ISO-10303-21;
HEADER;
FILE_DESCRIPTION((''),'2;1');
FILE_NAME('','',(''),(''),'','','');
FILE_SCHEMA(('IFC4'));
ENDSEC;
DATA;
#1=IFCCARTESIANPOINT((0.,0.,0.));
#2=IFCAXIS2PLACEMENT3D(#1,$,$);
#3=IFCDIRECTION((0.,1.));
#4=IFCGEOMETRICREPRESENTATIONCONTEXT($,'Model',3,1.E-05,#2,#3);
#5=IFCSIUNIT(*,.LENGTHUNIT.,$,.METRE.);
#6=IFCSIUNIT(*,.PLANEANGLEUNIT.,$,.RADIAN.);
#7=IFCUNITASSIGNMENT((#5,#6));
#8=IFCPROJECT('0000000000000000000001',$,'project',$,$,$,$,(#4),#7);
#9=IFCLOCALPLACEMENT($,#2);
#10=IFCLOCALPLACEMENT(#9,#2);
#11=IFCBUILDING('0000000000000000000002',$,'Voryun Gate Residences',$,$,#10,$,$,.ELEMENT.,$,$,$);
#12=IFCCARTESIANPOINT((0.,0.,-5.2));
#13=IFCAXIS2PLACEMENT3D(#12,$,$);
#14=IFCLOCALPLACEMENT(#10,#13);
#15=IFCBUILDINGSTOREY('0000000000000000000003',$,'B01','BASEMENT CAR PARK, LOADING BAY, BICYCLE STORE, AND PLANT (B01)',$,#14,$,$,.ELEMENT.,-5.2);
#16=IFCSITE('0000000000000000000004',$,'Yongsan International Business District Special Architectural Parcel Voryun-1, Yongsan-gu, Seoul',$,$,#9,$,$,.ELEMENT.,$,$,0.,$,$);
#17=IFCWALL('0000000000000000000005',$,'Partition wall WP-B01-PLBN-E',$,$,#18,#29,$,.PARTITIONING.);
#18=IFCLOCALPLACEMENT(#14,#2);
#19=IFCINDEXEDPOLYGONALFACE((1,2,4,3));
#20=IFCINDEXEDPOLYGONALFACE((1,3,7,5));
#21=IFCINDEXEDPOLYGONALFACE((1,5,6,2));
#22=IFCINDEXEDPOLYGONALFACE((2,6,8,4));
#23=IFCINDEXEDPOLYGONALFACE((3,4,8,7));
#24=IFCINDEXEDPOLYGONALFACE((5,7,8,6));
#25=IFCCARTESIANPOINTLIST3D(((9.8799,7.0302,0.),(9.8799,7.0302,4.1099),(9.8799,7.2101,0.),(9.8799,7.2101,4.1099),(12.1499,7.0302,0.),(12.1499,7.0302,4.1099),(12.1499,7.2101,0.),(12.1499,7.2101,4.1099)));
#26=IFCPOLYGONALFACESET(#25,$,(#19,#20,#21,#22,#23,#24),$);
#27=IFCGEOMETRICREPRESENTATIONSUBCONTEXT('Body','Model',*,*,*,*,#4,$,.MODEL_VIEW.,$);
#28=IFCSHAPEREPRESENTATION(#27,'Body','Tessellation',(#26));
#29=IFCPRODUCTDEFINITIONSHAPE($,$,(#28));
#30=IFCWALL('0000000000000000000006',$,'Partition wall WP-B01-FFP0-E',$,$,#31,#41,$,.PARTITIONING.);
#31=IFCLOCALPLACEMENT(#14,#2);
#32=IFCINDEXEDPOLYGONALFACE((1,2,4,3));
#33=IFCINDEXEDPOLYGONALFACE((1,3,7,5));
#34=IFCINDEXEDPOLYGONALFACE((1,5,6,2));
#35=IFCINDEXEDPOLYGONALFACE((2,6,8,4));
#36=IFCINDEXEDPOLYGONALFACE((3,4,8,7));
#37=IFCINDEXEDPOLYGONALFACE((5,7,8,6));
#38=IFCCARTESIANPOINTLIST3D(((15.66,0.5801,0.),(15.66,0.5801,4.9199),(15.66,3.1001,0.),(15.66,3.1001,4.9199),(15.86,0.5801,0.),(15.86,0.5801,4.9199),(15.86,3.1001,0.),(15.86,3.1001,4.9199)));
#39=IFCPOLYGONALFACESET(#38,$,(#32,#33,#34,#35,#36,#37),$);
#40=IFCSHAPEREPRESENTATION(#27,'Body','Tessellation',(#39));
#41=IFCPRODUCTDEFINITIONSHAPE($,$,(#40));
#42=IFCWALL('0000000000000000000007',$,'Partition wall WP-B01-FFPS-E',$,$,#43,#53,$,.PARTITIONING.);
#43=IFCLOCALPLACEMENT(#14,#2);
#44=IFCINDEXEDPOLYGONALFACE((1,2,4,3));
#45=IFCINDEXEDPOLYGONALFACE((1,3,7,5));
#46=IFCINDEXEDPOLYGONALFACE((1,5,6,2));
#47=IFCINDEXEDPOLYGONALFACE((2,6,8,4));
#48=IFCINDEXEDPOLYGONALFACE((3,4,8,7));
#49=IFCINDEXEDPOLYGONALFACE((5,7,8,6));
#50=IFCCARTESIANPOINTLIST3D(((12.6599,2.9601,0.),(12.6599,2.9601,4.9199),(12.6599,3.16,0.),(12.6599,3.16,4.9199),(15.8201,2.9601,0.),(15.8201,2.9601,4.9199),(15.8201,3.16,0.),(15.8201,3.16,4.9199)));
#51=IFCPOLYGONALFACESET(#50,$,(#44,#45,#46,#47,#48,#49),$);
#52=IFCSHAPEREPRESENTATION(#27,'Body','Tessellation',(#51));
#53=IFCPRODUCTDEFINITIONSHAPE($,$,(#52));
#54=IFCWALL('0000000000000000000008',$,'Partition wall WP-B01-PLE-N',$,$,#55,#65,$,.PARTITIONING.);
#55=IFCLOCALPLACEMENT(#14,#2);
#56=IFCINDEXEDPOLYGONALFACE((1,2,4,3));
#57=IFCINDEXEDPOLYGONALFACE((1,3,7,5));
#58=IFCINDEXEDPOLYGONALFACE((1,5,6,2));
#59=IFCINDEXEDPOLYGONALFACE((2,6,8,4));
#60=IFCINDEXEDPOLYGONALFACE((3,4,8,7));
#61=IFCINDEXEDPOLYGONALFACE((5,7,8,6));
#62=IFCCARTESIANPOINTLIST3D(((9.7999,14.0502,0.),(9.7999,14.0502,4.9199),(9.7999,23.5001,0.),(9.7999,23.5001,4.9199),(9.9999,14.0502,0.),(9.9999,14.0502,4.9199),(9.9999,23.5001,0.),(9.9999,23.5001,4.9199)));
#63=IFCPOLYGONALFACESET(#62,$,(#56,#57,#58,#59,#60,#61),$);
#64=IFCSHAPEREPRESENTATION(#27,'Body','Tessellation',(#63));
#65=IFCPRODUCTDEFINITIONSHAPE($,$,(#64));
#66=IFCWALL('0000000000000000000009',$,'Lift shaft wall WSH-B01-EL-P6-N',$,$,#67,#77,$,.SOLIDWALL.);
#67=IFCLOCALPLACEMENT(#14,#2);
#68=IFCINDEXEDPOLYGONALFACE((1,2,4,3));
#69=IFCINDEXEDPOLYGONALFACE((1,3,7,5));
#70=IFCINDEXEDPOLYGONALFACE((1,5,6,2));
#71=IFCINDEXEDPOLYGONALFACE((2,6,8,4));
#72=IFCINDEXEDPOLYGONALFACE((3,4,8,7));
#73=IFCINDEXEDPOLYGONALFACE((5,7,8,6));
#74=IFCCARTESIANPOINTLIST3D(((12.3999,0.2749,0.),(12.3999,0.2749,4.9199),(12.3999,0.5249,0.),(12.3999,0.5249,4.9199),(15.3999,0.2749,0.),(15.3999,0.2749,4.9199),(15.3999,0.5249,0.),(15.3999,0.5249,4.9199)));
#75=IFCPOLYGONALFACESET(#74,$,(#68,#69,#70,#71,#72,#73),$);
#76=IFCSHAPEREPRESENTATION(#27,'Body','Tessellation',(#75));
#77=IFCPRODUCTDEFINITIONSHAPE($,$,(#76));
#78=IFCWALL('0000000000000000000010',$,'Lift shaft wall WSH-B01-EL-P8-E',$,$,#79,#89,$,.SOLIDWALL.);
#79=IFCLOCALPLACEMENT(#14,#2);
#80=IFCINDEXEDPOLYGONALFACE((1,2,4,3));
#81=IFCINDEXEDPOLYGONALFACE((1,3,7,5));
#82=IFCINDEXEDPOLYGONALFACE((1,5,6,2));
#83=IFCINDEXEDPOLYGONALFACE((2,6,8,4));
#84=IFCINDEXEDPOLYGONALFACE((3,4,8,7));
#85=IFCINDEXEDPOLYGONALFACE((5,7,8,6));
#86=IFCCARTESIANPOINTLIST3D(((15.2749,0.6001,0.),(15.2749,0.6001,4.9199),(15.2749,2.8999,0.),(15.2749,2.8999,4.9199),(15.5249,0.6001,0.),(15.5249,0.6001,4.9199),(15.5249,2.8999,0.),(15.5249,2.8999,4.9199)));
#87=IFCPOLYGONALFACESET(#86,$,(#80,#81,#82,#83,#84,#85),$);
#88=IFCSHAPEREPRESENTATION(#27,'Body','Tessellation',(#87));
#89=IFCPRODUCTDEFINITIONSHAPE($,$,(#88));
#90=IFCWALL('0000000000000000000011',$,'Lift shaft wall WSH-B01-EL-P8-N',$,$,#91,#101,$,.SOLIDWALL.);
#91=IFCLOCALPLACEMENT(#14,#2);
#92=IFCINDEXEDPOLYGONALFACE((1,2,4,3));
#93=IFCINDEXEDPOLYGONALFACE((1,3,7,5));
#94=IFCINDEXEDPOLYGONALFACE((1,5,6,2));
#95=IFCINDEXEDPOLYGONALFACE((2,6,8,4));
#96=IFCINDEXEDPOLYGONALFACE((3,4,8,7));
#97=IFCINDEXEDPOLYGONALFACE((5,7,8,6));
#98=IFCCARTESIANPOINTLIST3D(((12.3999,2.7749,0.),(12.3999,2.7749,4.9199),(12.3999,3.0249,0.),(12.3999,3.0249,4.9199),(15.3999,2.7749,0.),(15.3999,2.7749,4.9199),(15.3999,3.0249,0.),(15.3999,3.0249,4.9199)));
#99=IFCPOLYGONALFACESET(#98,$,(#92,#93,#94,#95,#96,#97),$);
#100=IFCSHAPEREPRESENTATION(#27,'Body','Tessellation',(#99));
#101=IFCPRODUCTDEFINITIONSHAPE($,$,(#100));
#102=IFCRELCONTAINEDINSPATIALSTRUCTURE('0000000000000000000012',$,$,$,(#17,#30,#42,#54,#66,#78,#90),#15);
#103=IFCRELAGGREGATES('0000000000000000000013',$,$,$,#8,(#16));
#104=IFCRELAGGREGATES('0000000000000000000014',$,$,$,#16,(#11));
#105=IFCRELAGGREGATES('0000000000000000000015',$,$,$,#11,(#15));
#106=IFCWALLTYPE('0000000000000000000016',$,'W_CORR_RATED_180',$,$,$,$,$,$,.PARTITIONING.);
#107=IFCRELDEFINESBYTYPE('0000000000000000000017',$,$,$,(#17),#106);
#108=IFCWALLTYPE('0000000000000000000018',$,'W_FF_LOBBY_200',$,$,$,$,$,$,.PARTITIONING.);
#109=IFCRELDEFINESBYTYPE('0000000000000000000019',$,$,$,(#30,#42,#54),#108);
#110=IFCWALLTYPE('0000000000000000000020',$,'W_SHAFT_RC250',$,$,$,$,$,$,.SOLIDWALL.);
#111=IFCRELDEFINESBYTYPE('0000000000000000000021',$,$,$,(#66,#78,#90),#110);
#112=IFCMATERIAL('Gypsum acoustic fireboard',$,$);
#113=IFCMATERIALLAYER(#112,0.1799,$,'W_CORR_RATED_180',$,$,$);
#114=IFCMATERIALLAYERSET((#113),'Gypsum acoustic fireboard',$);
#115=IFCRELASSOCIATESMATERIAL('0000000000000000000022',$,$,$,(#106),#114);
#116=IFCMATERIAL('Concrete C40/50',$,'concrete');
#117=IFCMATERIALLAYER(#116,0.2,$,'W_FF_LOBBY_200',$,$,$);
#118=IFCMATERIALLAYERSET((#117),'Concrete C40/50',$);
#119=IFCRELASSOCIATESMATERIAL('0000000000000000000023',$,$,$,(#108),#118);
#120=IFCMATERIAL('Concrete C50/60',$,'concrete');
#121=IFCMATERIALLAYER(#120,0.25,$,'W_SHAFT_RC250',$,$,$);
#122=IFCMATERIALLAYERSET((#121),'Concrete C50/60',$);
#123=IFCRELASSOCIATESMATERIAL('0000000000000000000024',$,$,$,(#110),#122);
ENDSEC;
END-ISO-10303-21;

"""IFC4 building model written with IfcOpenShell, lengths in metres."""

from ifc_helpers import new_model, si_unit, direction, frame, frame_2d, origin, place, context, subcontext, project, spatial, rectangle, extrude, material, layer, layer_set, type_object, element, save


model = new_model("IFC4")

# Units and contexts
model_context = context("Model", 3, precision=1e-05, world=origin(), true_north=direction((0.0, 1.0)))
body_context = subcontext(model_context, "Body", "Model", "MODEL_VIEW")
ifc_project = project(units=[si_unit("LENGTHUNIT", "METRE"), si_unit("PLANEANGLEUNIT", "RADIAN")], contexts=[model_context])

# Site, building, storey
site_placement = place(None, origin())
site = spatial("IfcSite", under=ifc_project, at=site_placement, Name="Yongsan International Business District Special Architectural Parcel Voryun-1, Yongsan-gu, Seoul", CompositionType="ELEMENT", RefElevation=0.0)
building_placement = place(site_placement, origin())
building = spatial("IfcBuilding", under=site, at=building_placement, Name="Voryun Gate Residences", CompositionType="ELEMENT")
storey_placement = place(building_placement, frame((0.0, 0.0, -5.2)))
storey = spatial("IfcBuildingStorey", under=building, at=storey_placement, Name="B01", Description="BASEMENT CAR PARK, LOADING BAY, BICYCLE STORE, AND PLANT (B01)", CompositionType="ELEMENT", Elevation=-5.2)

# Shared definitions
ifc_material_1 = material(Name="Gypsum acoustic fireboard")
ifc_layer_1 = layer(ifc_material_1, 0.1799, Name="W_CORR_RATED_180")
ifc_layer_set_1 = layer_set([ifc_layer_1], Name="Gypsum acoustic fireboard")
wall_type_1 = type_object("IfcWallType", Name="W_CORR_RATED_180", PredefinedType="PARTITIONING", material=ifc_layer_set_1)

# Walls
wall_1_placement = place(storey_placement, frame((9.8799, 7.1201, 0.0), z_axis=(0.0, 0.0, 1.0), x_axis=(1.0, 0.0, 0.0)))
element("IfcWall", 1, at=wall_1_placement, inside=storey, type_object=wall_type_1, Name="Partition wall WP-B01-PLBN-E", PredefinedType="PARTITIONING", context=body_context, shape_type="SweptSolid", body=[
    extrude(rectangle(XDim=2.27, YDim=0.1799, at=frame_2d((1.135, 0.0))), origin(), (0.0, 0.0, 1.0), 4.1099),
])
ifc_material_2 = material(Name="Concrete C40/50", Category="concrete")
ifc_layer_2 = layer(ifc_material_2, 0.2, Name="W_FF_LOBBY_200")
ifc_layer_set_2 = layer_set([ifc_layer_2], Name="Concrete C40/50")
wall_type_2 = type_object("IfcWallType", Name="W_FF_LOBBY_200", PredefinedType="PARTITIONING", material=ifc_layer_set_2)
wall_2_placement = place(storey_placement, frame((15.76, 0.5801, 0.0), z_axis=(0.0, 0.0, 1.0), x_axis=(0.0, 1.0, 0.0)))
element("IfcWall", 2, at=wall_2_placement, inside=storey, type_object=wall_type_2, Name="Partition wall WP-B01-FFP0-E", PredefinedType="PARTITIONING", context=body_context, shape_type="SweptSolid", body=[
    extrude(rectangle(XDim=2.52, YDim=0.2, at=frame_2d((1.26, 0.0))), origin(), (0.0, 0.0, 1.0), 4.9199),
])
wall_3_placement = place(storey_placement, frame((12.6599, 3.0601, 0.0), z_axis=(0.0, 0.0, 1.0), x_axis=(1.0, 0.0, 0.0)))
element("IfcWall", 3, at=wall_3_placement, inside=storey, type_object=wall_type_2, Name="Partition wall WP-B01-FFPS-E", PredefinedType="PARTITIONING", context=body_context, shape_type="SweptSolid", body=[
    extrude(rectangle(XDim=3.1602, YDim=0.2, at=frame_2d((1.5801, 0.0))), origin(), (0.0, 0.0, 1.0), 4.9199),
])
wall_4_placement = place(storey_placement, frame((9.8999, 14.05, 0.0), z_axis=(0.0, 0.0, 1.0), x_axis=(0.0, 1.0, 0.0)))
element("IfcWall", 4, at=wall_4_placement, inside=storey, type_object=wall_type_2, Name="Partition wall WP-B01-PLE-N", PredefinedType="PARTITIONING", context=body_context, shape_type="SweptSolid", body=[
    extrude(rectangle(XDim=9.45, YDim=0.2, at=frame_2d((4.7251, 0.0))), origin(), (0.0, 0.0, 1.0), 4.9199),
])
ifc_material_3 = material(Name="Concrete C50/60", Category="concrete")
ifc_layer_3 = layer(ifc_material_3, 0.25, Name="W_SHAFT_RC250")
ifc_layer_set_3 = layer_set([ifc_layer_3], Name="Concrete C50/60")
wall_type_3 = type_object("IfcWallType", Name="W_SHAFT_RC250", PredefinedType="SOLIDWALL", material=ifc_layer_set_3)
wall_5_placement = place(storey_placement, frame((15.3999, 0.3999, 0.0), z_axis=(0.0, 0.0, 1.0), x_axis=(-1.0, 0.0, 0.0)))
element("IfcWall", 5, at=wall_5_placement, inside=storey, type_object=wall_type_3, Name="Lift shaft wall WSH-B01-EL-P6-N", PredefinedType="SOLIDWALL", context=body_context, shape_type="SweptSolid", body=[
    extrude(rectangle(XDim=3.0, YDim=0.25, at=frame_2d((1.5, 0.0))), origin(), (0.0, 0.0, 1.0), 4.9199),
])
wall_6_placement = place(storey_placement, frame((15.3999, 0.6001, 0.0), z_axis=(0.0, 0.0, 1.0), x_axis=(0.0, 1.0, 0.0)))
element("IfcWall", 6, at=wall_6_placement, inside=storey, type_object=wall_type_3, Name="Lift shaft wall WSH-B01-EL-P8-E", PredefinedType="SOLIDWALL", context=body_context, shape_type="SweptSolid", body=[
    extrude(rectangle(XDim=2.2998, YDim=0.25, at=frame_2d((1.1499, 0.0))), origin(), (0.0, 0.0, 1.0), 4.9199),
])
wall_7_placement = place(storey_placement, frame((15.3999, 2.8999, 0.0), z_axis=(0.0, 0.0, 1.0), x_axis=(-1.0, 0.0, 0.0)))
element("IfcWall", 7, at=wall_7_placement, inside=storey, type_object=wall_type_3, Name="Lift shaft wall WSH-B01-EL-P8-N", PredefinedType="SOLIDWALL", context=body_context, shape_type="SweptSolid", body=[
    extrude(rectangle(XDim=3.0, YDim=0.25, at=frame_2d((1.5, 0.0))), origin(), (0.0, 0.0, 1.0), 4.9199),
])

save(model, "model.ifc")
